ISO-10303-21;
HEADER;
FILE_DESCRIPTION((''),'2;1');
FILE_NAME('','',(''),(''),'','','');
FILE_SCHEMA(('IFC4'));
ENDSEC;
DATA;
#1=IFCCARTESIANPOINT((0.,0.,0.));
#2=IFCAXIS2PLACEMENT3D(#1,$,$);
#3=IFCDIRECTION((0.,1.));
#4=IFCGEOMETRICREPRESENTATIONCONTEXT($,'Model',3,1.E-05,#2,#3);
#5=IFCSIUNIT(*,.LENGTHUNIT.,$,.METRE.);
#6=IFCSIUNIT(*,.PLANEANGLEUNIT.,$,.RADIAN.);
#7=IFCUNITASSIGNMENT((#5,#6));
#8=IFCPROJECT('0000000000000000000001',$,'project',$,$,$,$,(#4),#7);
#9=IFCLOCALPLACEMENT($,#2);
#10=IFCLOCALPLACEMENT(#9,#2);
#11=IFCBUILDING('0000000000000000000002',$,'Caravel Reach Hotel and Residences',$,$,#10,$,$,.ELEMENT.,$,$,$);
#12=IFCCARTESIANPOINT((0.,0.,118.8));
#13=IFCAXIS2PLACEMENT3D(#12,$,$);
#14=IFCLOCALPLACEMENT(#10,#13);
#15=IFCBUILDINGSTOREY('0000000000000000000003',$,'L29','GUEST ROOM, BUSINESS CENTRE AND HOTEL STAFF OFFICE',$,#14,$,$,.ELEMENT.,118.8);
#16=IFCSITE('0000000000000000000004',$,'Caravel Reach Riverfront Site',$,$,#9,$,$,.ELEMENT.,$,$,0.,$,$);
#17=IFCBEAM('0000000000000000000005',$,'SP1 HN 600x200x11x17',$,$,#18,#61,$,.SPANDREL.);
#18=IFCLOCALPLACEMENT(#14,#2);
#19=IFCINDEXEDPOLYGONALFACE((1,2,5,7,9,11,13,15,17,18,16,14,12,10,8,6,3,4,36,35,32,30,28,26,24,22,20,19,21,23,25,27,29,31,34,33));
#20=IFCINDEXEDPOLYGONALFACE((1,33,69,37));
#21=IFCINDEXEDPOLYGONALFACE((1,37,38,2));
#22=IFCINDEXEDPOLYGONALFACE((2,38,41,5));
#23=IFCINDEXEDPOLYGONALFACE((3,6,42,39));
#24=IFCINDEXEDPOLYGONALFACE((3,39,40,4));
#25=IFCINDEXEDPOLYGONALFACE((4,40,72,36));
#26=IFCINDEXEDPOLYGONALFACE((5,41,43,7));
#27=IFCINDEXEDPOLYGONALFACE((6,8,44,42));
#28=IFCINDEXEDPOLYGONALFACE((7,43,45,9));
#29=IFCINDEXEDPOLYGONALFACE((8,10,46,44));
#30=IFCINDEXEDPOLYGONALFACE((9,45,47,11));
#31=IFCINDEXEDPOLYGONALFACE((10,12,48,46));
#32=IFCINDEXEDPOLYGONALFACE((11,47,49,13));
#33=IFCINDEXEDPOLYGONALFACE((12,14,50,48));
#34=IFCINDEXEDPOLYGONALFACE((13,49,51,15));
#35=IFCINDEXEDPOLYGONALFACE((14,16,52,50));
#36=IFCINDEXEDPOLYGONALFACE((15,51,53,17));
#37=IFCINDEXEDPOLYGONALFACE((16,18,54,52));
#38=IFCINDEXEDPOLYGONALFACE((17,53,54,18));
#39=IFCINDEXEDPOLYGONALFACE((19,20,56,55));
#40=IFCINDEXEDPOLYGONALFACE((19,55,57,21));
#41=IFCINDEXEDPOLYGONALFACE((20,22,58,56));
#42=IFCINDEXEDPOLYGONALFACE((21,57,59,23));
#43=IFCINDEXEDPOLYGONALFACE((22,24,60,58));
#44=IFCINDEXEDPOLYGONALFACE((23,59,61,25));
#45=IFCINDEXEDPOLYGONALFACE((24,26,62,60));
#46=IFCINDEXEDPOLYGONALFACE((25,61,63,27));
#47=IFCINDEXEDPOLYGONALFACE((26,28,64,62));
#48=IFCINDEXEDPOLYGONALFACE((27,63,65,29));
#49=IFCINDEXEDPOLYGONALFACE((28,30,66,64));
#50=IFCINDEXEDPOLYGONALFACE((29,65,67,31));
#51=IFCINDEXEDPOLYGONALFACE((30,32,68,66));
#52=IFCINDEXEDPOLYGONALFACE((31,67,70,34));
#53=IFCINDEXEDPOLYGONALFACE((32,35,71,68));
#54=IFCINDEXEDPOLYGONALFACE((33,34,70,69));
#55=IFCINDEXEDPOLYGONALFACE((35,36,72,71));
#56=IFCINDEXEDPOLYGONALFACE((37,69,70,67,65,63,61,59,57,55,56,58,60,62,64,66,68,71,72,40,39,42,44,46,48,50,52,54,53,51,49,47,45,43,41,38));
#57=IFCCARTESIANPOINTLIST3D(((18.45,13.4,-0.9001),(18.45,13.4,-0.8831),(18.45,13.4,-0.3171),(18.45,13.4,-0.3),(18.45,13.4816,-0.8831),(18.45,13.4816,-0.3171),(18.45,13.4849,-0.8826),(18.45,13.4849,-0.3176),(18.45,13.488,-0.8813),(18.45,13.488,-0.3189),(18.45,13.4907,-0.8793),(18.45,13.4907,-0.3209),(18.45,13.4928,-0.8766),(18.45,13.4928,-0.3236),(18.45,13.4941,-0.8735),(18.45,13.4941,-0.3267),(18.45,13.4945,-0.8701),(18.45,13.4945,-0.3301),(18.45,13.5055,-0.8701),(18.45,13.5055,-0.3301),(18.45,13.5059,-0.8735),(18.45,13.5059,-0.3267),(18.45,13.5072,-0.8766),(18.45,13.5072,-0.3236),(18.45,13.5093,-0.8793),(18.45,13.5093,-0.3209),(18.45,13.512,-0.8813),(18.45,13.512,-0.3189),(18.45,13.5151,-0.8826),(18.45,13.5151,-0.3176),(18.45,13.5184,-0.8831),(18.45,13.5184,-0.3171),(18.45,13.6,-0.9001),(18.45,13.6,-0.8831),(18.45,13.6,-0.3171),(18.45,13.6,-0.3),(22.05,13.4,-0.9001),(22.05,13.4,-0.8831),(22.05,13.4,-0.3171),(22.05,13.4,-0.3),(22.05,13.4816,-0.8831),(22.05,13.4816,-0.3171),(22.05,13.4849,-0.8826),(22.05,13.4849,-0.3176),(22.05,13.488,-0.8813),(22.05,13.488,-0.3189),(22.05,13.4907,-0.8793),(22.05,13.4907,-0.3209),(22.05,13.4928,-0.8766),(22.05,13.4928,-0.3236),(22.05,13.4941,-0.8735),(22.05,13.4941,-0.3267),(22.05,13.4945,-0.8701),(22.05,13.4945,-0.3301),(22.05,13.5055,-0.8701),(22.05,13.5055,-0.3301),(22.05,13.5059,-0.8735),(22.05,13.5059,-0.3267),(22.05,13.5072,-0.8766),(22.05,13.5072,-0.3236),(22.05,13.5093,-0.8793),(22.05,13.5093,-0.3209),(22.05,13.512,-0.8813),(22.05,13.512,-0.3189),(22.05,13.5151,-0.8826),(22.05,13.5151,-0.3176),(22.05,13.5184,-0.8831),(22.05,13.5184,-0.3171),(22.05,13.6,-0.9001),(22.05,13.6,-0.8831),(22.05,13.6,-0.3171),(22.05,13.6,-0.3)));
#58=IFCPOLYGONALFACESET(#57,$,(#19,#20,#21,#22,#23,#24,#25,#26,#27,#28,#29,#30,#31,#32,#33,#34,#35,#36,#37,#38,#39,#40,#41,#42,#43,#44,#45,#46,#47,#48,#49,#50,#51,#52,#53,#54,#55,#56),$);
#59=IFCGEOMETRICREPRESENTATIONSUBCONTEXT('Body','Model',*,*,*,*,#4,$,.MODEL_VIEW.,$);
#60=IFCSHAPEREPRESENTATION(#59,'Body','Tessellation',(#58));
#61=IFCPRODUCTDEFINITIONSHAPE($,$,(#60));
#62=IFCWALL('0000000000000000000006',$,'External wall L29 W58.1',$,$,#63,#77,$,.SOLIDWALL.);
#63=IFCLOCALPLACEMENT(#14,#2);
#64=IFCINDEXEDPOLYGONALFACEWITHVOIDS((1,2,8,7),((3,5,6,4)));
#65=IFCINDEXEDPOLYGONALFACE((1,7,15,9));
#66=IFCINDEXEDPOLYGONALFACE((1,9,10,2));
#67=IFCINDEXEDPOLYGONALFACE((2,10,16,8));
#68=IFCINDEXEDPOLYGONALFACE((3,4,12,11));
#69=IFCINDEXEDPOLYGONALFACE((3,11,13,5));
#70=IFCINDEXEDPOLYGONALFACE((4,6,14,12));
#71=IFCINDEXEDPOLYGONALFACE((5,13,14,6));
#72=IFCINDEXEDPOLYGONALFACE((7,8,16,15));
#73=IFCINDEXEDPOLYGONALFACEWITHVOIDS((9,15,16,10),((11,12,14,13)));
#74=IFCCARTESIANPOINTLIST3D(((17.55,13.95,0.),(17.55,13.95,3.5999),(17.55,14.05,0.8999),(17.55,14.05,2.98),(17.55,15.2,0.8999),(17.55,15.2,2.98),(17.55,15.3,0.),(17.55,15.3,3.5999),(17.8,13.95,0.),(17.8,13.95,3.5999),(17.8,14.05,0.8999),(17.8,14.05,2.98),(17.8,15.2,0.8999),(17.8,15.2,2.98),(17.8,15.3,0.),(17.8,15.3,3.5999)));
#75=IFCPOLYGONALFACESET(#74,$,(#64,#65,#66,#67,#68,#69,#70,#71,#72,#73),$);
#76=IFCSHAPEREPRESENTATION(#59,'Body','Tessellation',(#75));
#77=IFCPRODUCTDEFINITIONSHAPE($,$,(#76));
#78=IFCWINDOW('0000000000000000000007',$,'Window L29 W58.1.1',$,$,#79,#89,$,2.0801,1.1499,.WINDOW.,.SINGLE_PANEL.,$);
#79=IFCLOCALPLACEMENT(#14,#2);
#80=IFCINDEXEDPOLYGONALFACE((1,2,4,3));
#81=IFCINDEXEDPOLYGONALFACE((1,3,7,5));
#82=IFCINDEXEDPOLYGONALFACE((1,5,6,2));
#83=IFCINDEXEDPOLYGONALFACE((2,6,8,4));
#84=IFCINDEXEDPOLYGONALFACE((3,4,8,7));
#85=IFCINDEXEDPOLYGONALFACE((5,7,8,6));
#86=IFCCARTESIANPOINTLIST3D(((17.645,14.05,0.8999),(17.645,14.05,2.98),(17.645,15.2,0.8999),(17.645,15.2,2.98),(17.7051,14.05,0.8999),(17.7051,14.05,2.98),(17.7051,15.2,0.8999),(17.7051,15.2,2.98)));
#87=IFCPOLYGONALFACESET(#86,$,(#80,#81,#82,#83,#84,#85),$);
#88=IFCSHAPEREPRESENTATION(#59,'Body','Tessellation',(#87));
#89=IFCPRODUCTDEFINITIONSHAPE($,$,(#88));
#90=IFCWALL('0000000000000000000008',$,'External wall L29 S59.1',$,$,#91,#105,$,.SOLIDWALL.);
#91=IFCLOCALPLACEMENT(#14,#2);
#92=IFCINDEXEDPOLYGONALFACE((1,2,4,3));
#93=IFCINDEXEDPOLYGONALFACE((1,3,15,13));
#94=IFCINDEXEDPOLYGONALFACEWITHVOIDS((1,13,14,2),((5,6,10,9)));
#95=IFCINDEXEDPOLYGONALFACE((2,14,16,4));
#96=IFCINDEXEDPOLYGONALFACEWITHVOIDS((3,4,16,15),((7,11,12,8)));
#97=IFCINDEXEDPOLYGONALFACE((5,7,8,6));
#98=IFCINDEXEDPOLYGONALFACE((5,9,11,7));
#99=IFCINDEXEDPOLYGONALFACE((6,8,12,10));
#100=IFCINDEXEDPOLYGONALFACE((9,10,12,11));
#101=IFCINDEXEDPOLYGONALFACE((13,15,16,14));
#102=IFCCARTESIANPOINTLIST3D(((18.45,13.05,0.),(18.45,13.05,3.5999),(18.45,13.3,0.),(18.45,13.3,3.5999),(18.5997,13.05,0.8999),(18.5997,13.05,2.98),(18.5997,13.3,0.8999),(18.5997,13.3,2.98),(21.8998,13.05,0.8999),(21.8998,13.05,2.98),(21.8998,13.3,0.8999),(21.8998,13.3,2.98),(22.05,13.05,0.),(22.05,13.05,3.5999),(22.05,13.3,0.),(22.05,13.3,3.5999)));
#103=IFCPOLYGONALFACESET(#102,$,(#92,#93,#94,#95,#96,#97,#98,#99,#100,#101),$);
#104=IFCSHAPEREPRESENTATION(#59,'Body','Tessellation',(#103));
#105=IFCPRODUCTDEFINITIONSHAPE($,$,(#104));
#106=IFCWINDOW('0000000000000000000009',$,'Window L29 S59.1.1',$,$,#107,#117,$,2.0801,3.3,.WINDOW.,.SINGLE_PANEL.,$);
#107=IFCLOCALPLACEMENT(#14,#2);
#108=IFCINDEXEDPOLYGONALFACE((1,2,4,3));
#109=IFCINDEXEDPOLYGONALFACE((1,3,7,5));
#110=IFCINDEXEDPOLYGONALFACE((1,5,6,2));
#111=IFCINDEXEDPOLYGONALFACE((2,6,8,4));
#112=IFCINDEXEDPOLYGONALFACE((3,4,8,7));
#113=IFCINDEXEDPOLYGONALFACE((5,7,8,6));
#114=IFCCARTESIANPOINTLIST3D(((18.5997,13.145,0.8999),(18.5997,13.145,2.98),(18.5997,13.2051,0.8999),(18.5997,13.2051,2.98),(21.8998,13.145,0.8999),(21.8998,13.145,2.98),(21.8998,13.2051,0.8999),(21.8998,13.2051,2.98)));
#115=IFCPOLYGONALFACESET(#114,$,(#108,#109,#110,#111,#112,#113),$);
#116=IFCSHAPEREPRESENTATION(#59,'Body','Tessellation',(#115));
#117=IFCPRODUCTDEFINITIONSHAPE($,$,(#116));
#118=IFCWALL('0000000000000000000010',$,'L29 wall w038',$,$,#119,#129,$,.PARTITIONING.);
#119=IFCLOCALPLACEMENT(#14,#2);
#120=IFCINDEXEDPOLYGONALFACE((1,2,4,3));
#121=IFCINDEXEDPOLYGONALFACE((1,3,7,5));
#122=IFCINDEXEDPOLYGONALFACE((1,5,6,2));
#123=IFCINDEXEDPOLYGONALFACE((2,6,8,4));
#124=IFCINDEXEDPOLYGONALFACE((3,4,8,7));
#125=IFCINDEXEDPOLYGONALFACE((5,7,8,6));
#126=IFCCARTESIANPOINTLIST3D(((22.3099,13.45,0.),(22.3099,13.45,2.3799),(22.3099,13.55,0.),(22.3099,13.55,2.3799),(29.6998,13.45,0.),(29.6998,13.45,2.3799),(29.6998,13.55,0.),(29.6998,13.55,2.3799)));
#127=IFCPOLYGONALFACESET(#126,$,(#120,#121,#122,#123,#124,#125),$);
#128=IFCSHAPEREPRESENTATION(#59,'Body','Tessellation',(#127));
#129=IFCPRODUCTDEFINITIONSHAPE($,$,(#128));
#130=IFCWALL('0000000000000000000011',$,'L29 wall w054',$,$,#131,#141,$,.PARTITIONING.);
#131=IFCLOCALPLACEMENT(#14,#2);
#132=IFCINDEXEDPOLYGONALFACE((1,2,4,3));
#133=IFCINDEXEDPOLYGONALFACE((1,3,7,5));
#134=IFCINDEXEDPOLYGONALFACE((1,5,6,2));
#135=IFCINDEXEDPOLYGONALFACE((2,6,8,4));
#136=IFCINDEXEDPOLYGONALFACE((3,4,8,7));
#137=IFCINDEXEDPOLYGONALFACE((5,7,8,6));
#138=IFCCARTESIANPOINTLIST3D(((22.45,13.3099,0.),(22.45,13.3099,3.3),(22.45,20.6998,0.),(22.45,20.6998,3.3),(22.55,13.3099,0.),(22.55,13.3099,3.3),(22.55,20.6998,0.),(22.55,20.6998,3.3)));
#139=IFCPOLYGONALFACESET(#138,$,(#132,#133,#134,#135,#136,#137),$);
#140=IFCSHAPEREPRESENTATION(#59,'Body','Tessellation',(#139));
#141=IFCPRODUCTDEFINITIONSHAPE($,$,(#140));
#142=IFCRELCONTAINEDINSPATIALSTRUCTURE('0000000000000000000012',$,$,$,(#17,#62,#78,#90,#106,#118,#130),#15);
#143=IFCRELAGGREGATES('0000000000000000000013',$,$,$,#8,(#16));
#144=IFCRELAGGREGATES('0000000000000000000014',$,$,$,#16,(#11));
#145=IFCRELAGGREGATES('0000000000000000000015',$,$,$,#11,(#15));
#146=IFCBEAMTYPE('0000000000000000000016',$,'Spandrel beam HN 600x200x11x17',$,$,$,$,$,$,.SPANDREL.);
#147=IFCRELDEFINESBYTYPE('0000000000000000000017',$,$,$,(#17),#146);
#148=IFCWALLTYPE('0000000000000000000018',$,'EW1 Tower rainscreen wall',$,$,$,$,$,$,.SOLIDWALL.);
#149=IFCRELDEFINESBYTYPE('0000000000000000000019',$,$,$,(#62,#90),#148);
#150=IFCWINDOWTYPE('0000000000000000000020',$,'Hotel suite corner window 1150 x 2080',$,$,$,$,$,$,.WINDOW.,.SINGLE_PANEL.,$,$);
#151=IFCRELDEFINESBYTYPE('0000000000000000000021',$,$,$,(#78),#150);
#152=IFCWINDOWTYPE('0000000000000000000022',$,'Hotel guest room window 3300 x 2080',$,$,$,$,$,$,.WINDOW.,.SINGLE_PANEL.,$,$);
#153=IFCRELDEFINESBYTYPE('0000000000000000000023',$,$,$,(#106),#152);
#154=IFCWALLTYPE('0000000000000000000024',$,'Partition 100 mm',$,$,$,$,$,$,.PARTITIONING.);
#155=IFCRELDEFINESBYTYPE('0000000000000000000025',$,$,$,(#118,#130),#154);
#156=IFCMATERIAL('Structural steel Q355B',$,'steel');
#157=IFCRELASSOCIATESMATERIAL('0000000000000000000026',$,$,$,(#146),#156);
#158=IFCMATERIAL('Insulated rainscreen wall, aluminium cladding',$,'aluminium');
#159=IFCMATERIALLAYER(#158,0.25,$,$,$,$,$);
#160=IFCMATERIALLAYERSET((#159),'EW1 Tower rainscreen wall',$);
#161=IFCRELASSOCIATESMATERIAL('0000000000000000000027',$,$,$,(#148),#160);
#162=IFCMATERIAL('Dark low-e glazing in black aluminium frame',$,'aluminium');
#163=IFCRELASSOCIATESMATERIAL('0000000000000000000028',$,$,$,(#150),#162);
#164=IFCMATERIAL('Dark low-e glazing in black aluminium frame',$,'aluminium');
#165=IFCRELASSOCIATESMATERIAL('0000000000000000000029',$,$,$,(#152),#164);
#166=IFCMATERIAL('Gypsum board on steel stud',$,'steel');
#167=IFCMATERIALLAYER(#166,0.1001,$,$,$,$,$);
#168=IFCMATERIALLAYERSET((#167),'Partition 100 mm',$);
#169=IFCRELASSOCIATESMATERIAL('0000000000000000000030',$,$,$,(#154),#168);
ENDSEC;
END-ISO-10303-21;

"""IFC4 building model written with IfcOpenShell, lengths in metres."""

from ifc_helpers import new_model, si_unit, direction, frame, frame_2d, origin, origin_2d, place, context, subcontext, project, spatial, rectangle, i_section, extrude, material, layer, layer_set, material_profile, profile_set, type_object, element, fill, save


model = new_model("IFC4")

# Units and contexts
model_context = context("Model", 3, precision=1e-05, world=origin(), true_north=direction((0.0, 1.0)))
body_context = subcontext(model_context, "Body", "Model", "MODEL_VIEW")
ifc_project = project(units=[si_unit("LENGTHUNIT", "METRE"), si_unit("PLANEANGLEUNIT", "RADIAN")], contexts=[model_context])

# Site, building, storey
site_placement = place(None, origin())
site = spatial("IfcSite", under=ifc_project, at=site_placement, Name="Caravel Reach Riverfront Site", CompositionType="ELEMENT", RefElevation=0.0)
building_placement = place(site_placement, origin())
building = spatial("IfcBuilding", under=site, at=building_placement, Name="Caravel Reach Hotel and Residences", CompositionType="ELEMENT")
storey_placement = place(building_placement, frame((0.0, 0.0, 118.8)))
storey = spatial("IfcBuildingStorey", under=building, at=storey_placement, Name="L29", Description="GUEST ROOM, BUSINESS CENTRE AND HOTEL STAFF OFFICE", CompositionType="ELEMENT", Elevation=118.8)

# Beam
ifc_material_1 = material(Name="Structural steel Q355B", Category="steel")
ifc_material_profile_1 = material_profile(ifc_material_1, i_section(OverallWidth=0.2, OverallDepth=0.6001, WebThickness=0.011, FlangeThickness=0.0171, FilletRadius=0.0129, at=origin_2d()), Name="HN 600x200x11x17")
ifc_profile_set_1 = profile_set([ifc_material_profile_1], Name="Structural steel Q355B")
beam_type_1 = type_object("IfcBeamType", Name="Spandrel beam HN 600x200x11x17", PredefinedType="SPANDREL", material=ifc_profile_set_1)
beam_1_placement = place(storey_placement, frame((18.45, 13.5, -0.6001), z_axis=(1.0, 0.0, 0.0), x_axis=(0.0, 1.0, 0.0)))
element("IfcBeam", 1, at=beam_1_placement, inside=storey, type_object=beam_type_1, Name="SP1 HN 600x200x11x17", PredefinedType="SPANDREL", context=body_context, shape_type="SweptSolid", body=[
    extrude(i_section(OverallWidth=0.2, OverallDepth=0.6001, WebThickness=0.011, FlangeThickness=0.0171, FilletRadius=0.0129, at=origin_2d()), origin(), (0.0, 0.0, 1.0), 3.6001),
])

# Walls, openings, windows
ifc_material_2 = material(Name="Insulated rainscreen wall, aluminium cladding", Category="aluminium")
ifc_layer_1 = layer(ifc_material_2, 0.25)
ifc_layer_set_1 = layer_set([ifc_layer_1], Name="EW1 Tower rainscreen wall")
wall_type_1 = type_object("IfcWallType", Name="EW1 Tower rainscreen wall", PredefinedType="SOLIDWALL", material=ifc_layer_set_1)
wall_1_placement = place(storey_placement, frame((17.675, 15.3, 0.0), z_axis=(0.0, 0.0, 1.0), x_axis=(0.0, -1.0, 0.0)))
wall_1 = element("IfcWall", 2, at=wall_1_placement, inside=storey, type_object=wall_type_1, Name="External wall L29 W58.1", PredefinedType="SOLIDWALL", context=body_context, shape_type="SweptSolid", body=[
    extrude(rectangle(XDim=1.3501, YDim=0.25, at=frame_2d((0.675, 0.0))), origin(), (0.0, 0.0, 1.0), 3.5999),
])
opening_1_placement = place(wall_1_placement, frame((0.1001, 0.0, 0.8999)))
opening_1 = element("IfcOpeningElement", 3, at=opening_1_placement, cuts=wall_1, PredefinedType="OPENING", context=body_context, shape_type="SweptSolid", body=[
    extrude(rectangle(XDim=1.1499, YDim=2.0801, at=frame_2d((0.575, 1.04))), frame((0.0, 0.135, 0.0), z_axis=(0.0, -1.0, 0.0), x_axis=(1.0, 0.0, 0.0)), (0.0, 0.0, 1.0), 0.27),
])
ifc_material_3 = material(Name="Dark low-e glazing in black aluminium frame", Category="aluminium")
window_type_1 = type_object("IfcWindowType", Name="Hotel suite corner window 1150 x 2080", PartitioningType="SINGLE_PANEL", PredefinedType="WINDOW", material=ifc_material_3)
window_1_placement = place(opening_1_placement, origin())
window_1 = element("IfcWindow", 4, at=window_1_placement, inside=storey, type_object=window_type_1, Name="Window L29 W58.1.1", OverallHeight=2.0801, OverallWidth=1.1499, PartitioningType="SINGLE_PANEL", PredefinedType="WINDOW", context=body_context, shape_type="SweptSolid", body=[
    extrude(rectangle(XDim=1.1499, YDim=2.0801, at=frame_2d((0.575, 1.04))), frame((0.0, 0.03, 0.0), z_axis=(0.0, -1.0, 0.0), x_axis=(1.0, 0.0, 0.0)), (0.0, 0.0, 1.0), 0.0601),
])
fill(opening_1, window_1)
wall_2_placement = place(storey_placement, frame((18.45, 13.175, 0.0), z_axis=(0.0, 0.0, 1.0), x_axis=(1.0, 0.0, 0.0)))
wall_2 = element("IfcWall", 5, at=wall_2_placement, inside=storey, type_object=wall_type_1, Name="External wall L29 S59.1", PredefinedType="SOLIDWALL", context=body_context, shape_type="SweptSolid", body=[
    extrude(rectangle(XDim=3.6001, YDim=0.25, at=frame_2d((1.8, 0.0))), origin(), (0.0, 0.0, 1.0), 3.5999),
])
opening_2_placement = place(wall_2_placement, frame((0.1499, 0.0, 0.8999)))
opening_2 = element("IfcOpeningElement", 6, at=opening_2_placement, cuts=wall_2, PredefinedType="OPENING", context=body_context, shape_type="SweptSolid", body=[
    extrude(rectangle(XDim=3.3, YDim=2.0801, at=frame_2d((1.6499, 1.04))), frame((0.0, 0.135, 0.0), z_axis=(0.0, -1.0, 0.0), x_axis=(1.0, 0.0, 0.0)), (0.0, 0.0, 1.0), 0.27),
])
ifc_material_4 = material(Name="Dark low-e glazing in black aluminium frame", Category="aluminium")
window_type_2 = type_object("IfcWindowType", Name="Hotel guest room window 3300 x 2080", PartitioningType="SINGLE_PANEL", PredefinedType="WINDOW", material=ifc_material_4)
window_2_placement = place(opening_2_placement, origin())
window_2 = element("IfcWindow", 7, at=window_2_placement, inside=storey, type_object=window_type_2, Name="Window L29 S59.1.1", OverallHeight=2.0801, OverallWidth=3.3, PartitioningType="SINGLE_PANEL", PredefinedType="WINDOW", context=body_context, shape_type="SweptSolid", body=[
    extrude(rectangle(XDim=3.3, YDim=2.0801, at=frame_2d((1.6499, 1.04))), frame((0.0, 0.03, 0.0), z_axis=(0.0, -1.0, 0.0), x_axis=(1.0, 0.0, 0.0)), (0.0, 0.0, 1.0), 0.0601),
])
fill(opening_2, window_2)

# Walls
ifc_material_5 = material(Name="Gypsum board on steel stud", Category="steel")
ifc_layer_2 = layer(ifc_material_5, 0.1001)
ifc_layer_set_2 = layer_set([ifc_layer_2], Name="Partition 100 mm")
wall_type_2 = type_object("IfcWallType", Name="Partition 100 mm", PredefinedType="PARTITIONING", material=ifc_layer_set_2)
wall_3_placement = place(storey_placement, frame((22.3101, 13.5, 0.0), z_axis=(0.0, 0.0, 1.0), x_axis=(1.0, 0.0, 0.0)))
element("IfcWall", 8, at=wall_3_placement, inside=storey, type_object=wall_type_2, Name="L29 wall w038", PredefinedType="PARTITIONING", context=body_context, shape_type="SweptSolid", body=[
    extrude(rectangle(XDim=7.3899, YDim=0.1001, at=frame_2d((3.6948, 0.0))), origin(), (0.0, 0.0, 1.0), 2.3799),
])
wall_4_placement = place(storey_placement, frame((22.5, 13.3101, 0.0), z_axis=(0.0, 0.0, 1.0), x_axis=(0.0, 1.0, 0.0)))
element("IfcWall", 9, at=wall_4_placement, inside=storey, type_object=wall_type_2, Name="L29 wall w054", PredefinedType="PARTITIONING", context=body_context, shape_type="SweptSolid", body=[
    extrude(rectangle(XDim=7.3899, YDim=0.1001, at=frame_2d((3.6948, 0.0))), origin(), (0.0, 0.0, 1.0), 3.3),
])

save(model, "model.ifc")
